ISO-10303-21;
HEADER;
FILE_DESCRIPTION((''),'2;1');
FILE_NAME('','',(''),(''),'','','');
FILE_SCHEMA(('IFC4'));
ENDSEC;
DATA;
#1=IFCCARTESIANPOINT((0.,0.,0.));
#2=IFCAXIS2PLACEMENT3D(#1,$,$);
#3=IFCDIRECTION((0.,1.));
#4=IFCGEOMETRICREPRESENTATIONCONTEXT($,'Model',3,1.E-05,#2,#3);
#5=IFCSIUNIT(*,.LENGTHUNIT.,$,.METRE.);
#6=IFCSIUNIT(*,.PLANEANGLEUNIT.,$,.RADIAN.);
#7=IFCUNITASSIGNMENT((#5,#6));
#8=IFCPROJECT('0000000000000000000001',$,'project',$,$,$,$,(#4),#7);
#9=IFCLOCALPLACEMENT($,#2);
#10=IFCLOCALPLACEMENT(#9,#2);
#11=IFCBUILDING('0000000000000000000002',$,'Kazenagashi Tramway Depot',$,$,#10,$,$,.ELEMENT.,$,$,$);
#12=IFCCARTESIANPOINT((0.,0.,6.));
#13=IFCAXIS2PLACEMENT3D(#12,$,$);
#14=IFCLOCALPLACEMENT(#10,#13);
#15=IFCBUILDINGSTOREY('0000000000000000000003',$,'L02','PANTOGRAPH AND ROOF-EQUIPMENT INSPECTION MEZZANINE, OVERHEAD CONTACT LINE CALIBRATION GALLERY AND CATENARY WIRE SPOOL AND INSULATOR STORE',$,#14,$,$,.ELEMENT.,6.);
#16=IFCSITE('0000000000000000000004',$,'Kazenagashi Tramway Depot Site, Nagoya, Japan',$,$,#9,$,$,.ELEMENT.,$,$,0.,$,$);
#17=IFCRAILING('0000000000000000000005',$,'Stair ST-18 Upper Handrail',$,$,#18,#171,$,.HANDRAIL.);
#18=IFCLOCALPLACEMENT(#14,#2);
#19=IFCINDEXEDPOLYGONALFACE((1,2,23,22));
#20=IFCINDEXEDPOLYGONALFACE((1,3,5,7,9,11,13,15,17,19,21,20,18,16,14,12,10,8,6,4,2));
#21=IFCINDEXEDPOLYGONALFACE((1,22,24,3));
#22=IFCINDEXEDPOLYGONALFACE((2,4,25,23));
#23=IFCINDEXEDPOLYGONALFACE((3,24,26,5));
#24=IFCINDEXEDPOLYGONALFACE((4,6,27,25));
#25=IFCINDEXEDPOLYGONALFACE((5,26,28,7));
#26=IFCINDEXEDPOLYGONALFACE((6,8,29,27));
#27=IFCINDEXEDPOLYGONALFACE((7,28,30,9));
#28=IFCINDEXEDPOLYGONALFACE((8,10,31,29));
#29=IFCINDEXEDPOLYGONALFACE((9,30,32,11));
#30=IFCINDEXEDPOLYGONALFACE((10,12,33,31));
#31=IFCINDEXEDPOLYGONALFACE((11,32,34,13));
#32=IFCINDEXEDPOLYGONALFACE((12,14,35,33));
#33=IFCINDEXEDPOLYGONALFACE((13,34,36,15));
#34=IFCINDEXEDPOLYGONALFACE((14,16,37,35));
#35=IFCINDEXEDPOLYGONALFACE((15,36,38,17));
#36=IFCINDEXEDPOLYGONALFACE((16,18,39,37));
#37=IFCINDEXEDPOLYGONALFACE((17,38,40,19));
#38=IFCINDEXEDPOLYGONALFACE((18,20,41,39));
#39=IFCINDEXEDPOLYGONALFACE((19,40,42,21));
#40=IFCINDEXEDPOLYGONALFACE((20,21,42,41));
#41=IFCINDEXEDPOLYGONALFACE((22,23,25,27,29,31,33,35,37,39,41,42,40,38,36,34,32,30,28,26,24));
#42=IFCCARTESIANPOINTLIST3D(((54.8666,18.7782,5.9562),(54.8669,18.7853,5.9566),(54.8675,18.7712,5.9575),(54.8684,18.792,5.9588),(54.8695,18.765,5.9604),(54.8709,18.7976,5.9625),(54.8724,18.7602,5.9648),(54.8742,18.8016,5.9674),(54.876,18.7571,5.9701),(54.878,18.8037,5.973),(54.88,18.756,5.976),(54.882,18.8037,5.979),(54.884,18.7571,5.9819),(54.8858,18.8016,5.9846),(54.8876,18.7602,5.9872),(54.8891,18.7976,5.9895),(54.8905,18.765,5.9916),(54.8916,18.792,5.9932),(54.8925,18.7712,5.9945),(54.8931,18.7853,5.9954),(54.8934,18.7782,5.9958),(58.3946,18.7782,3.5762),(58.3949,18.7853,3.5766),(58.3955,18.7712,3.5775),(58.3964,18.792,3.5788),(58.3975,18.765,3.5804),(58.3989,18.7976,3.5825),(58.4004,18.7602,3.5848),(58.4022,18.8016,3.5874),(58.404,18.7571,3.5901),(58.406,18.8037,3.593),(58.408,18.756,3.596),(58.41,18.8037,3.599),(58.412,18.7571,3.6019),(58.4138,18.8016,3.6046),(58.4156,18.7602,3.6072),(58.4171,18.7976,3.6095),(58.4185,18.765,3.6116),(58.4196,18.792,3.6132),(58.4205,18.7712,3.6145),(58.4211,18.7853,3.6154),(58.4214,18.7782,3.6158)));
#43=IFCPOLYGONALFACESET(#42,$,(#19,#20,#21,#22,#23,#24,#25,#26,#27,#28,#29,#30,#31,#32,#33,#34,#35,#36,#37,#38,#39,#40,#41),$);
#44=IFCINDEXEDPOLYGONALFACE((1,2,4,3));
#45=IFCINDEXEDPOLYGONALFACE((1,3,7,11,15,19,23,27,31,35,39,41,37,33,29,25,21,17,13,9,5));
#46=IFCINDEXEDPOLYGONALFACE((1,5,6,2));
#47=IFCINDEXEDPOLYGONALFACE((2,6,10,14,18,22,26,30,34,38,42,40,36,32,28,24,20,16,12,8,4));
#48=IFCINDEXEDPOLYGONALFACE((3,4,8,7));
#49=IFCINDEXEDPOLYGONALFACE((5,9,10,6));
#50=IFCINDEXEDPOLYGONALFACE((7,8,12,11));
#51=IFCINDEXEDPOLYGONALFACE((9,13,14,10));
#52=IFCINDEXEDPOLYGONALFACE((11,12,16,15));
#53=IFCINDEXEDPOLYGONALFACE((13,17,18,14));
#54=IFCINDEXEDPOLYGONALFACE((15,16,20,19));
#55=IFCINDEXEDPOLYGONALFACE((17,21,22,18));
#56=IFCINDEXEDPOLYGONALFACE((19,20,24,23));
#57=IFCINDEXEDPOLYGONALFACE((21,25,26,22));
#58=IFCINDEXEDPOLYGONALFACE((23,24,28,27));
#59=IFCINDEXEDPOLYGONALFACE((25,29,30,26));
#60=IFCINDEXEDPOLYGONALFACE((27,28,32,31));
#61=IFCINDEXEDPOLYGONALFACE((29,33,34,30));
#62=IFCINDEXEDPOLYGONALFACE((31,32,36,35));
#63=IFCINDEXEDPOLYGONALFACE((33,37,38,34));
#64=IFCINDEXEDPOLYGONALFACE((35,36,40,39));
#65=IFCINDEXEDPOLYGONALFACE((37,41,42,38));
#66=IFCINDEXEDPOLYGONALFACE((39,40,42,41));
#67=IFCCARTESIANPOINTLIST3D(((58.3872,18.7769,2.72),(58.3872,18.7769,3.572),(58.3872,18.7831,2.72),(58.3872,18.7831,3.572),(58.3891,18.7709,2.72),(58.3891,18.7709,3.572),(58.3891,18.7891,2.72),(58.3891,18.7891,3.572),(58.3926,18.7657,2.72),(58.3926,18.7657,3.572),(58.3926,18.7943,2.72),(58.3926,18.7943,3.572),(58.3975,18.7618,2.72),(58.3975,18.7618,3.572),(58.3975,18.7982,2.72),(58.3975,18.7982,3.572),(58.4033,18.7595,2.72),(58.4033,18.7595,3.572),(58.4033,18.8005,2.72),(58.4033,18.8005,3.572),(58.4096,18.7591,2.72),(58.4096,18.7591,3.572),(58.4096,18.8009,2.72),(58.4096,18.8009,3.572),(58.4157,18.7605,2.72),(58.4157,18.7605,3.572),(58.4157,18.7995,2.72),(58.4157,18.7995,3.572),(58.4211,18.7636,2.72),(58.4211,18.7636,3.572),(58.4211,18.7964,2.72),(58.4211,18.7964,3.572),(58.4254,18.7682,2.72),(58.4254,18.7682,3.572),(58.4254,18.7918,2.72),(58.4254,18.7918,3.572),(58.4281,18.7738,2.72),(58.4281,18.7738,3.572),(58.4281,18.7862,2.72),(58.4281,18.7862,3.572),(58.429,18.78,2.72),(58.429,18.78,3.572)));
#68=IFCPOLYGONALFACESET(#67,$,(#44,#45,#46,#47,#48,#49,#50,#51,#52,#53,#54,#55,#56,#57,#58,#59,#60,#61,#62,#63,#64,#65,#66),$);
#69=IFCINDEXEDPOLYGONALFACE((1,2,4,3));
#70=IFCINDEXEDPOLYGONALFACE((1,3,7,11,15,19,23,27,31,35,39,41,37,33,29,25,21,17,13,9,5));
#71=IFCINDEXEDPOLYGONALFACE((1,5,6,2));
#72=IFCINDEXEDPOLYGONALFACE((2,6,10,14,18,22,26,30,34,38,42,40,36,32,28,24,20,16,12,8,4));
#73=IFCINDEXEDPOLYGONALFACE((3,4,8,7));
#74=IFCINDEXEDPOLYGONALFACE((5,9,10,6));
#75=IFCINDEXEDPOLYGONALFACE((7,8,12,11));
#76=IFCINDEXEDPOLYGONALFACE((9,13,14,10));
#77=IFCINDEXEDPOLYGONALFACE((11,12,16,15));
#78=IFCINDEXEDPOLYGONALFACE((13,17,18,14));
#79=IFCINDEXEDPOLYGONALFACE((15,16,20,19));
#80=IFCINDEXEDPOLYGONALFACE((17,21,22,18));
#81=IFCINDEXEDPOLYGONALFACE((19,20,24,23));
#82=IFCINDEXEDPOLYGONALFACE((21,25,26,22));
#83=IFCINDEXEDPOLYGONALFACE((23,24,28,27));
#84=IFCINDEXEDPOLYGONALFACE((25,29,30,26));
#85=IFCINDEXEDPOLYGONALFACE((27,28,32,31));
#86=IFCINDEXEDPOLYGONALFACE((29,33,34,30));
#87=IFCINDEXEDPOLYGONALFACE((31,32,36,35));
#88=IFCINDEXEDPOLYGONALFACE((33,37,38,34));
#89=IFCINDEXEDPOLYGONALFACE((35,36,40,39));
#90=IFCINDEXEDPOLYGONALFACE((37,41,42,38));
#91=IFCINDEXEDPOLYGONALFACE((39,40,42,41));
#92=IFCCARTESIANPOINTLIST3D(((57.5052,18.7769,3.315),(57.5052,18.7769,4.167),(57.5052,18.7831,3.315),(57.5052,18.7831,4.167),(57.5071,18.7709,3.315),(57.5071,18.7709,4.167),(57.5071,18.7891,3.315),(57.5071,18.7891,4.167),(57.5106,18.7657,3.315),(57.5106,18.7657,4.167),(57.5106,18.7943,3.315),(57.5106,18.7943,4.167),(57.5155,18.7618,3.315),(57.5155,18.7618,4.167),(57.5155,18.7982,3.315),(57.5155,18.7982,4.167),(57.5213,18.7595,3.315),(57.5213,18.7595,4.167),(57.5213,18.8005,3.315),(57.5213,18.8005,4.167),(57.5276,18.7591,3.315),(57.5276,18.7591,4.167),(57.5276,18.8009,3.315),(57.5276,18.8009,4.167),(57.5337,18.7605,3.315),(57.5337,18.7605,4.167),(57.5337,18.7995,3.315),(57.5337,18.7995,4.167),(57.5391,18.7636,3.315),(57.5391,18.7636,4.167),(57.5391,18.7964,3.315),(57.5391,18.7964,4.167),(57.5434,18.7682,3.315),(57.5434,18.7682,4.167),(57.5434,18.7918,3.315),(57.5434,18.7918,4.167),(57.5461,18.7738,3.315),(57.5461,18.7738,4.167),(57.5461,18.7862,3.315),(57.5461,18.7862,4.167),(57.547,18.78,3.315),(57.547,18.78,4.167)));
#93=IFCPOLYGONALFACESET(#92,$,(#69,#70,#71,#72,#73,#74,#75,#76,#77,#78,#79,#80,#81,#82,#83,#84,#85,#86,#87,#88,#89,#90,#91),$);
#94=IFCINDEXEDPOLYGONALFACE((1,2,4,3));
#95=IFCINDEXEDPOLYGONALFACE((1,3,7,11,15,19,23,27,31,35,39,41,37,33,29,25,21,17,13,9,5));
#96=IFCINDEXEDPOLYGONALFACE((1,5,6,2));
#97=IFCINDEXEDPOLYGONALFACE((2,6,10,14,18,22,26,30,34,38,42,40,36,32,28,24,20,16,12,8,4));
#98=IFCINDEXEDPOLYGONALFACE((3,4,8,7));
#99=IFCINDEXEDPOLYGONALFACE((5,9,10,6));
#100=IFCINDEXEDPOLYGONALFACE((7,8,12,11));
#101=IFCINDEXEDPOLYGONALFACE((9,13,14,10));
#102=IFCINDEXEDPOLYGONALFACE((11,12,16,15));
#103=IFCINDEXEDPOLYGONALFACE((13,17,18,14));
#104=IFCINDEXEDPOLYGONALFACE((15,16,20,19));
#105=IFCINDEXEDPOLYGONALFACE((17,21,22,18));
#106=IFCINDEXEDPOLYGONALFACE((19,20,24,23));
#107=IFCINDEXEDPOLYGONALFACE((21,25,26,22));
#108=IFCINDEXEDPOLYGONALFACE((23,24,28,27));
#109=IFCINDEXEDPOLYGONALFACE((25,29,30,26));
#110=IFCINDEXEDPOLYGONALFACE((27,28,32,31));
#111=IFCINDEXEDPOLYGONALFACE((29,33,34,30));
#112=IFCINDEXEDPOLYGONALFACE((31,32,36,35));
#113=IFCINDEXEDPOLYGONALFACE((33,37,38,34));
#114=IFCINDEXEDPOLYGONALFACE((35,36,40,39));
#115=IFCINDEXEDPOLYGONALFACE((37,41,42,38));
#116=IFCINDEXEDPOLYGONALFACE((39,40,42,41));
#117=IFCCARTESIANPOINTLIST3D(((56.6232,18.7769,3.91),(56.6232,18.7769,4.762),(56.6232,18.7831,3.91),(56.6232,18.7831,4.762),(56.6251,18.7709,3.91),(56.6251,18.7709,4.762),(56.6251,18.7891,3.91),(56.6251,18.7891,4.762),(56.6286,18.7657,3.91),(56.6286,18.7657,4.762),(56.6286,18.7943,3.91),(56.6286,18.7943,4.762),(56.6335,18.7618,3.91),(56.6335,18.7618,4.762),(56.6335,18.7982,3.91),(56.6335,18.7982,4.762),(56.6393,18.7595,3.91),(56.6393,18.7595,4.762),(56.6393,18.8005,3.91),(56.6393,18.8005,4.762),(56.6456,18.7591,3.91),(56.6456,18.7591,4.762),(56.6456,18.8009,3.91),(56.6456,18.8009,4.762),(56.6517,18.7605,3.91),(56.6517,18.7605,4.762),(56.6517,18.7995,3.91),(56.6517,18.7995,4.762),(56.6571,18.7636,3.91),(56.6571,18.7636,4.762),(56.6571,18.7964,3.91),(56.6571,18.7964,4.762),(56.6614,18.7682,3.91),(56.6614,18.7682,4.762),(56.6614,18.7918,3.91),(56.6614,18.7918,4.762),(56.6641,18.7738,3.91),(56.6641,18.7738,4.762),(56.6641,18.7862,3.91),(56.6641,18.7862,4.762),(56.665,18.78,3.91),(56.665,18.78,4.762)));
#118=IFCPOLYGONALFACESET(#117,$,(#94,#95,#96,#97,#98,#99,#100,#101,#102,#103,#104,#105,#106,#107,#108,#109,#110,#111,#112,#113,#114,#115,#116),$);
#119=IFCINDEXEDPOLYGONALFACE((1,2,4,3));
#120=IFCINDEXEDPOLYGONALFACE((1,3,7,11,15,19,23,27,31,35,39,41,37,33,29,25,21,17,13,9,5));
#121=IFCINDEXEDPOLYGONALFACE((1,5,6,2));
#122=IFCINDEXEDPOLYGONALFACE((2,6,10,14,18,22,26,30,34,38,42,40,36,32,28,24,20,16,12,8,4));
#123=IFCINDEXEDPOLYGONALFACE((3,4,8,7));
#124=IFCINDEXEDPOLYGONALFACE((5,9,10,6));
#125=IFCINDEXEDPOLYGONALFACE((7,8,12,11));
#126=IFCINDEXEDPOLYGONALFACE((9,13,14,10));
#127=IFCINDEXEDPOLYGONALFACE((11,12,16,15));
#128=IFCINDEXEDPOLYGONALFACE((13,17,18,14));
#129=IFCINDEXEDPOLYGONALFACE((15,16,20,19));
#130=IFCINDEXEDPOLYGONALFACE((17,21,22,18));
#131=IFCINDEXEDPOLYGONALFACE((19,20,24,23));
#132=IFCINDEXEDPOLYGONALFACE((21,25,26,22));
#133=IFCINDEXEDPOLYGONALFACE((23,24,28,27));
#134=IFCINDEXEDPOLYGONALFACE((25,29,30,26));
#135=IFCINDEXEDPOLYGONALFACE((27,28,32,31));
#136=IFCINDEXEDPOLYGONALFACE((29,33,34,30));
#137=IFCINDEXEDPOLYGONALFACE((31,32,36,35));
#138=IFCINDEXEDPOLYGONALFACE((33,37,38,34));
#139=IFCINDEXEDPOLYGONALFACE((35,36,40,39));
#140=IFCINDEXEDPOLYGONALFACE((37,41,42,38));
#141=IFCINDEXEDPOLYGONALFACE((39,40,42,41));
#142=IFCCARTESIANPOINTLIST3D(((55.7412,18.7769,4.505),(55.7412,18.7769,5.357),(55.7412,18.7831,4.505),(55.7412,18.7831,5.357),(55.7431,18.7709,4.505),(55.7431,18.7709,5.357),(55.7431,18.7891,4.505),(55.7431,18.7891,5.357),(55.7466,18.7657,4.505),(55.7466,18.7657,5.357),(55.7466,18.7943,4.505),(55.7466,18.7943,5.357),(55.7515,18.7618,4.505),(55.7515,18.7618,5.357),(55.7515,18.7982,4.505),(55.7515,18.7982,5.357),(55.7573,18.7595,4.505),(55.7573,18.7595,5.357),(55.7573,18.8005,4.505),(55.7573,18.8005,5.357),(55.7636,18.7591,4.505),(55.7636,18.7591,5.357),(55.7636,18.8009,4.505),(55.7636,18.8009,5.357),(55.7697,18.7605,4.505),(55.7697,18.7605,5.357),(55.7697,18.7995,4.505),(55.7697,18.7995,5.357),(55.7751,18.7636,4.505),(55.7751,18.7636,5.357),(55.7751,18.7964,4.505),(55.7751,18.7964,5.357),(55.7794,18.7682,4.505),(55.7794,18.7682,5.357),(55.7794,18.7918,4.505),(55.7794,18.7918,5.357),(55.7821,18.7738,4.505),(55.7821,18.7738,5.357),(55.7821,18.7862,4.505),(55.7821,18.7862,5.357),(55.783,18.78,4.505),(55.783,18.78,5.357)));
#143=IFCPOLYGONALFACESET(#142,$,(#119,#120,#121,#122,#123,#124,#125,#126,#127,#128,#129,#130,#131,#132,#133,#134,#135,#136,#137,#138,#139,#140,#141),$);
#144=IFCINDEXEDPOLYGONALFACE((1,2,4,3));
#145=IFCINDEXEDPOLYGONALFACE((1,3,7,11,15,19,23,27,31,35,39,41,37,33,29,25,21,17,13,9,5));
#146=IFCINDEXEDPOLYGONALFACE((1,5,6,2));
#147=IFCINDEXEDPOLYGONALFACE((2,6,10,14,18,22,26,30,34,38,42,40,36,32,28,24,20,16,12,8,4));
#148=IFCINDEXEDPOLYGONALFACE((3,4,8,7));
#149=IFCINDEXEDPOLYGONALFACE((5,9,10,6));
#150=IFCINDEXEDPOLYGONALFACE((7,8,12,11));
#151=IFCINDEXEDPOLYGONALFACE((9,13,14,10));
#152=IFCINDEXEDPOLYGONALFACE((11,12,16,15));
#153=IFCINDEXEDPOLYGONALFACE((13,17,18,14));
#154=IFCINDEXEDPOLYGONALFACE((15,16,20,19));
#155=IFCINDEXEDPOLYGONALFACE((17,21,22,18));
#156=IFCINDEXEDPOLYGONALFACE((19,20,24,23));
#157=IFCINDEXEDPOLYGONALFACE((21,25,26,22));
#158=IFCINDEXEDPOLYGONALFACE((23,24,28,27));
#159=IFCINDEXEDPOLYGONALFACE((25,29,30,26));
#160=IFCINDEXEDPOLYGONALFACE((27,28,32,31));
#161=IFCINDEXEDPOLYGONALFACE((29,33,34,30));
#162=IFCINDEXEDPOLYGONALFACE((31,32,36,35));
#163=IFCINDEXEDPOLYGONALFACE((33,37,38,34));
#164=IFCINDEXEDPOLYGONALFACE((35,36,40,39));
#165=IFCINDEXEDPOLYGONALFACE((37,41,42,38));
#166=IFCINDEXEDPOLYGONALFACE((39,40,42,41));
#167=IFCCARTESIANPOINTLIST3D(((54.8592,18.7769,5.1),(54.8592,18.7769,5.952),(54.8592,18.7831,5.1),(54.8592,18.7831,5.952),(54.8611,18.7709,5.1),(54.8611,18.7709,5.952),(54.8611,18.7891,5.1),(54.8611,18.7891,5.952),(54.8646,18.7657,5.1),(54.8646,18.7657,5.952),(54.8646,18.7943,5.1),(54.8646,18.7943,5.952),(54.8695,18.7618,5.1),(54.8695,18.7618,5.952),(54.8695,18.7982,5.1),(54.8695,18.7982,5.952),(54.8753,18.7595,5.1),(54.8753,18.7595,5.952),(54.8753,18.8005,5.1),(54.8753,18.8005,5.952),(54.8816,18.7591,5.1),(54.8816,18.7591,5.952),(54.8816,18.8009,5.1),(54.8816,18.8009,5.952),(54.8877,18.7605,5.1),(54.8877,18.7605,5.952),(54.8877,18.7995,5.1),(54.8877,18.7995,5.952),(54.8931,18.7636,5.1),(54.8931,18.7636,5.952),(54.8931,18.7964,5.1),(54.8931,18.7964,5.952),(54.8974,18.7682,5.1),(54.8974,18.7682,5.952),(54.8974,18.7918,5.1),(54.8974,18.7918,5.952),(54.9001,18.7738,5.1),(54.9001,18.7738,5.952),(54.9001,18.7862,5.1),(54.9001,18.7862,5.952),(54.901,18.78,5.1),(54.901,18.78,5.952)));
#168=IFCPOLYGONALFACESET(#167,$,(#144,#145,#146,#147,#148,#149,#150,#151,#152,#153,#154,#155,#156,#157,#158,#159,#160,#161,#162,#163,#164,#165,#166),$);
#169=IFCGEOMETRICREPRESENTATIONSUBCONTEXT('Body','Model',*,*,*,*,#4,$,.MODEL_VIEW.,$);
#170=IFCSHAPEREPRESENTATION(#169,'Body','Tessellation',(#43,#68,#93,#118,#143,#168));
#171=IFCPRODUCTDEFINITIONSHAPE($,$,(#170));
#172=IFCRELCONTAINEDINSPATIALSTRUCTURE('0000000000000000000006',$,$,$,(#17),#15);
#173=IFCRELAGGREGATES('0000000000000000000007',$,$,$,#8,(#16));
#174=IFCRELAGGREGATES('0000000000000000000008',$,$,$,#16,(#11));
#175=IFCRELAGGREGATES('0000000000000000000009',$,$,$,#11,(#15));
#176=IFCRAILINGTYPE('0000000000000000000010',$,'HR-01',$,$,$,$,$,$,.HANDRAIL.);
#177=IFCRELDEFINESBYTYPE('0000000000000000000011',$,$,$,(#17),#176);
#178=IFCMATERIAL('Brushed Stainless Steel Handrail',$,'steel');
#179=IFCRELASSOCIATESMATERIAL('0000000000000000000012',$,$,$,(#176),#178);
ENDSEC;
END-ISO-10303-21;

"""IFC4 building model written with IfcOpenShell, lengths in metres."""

from ifc_helpers import new_model, si_unit, direction, frame, origin, origin_2d, place, context, subcontext, project, spatial, circle, extrude, material, type_object, element, save


model = new_model("IFC4")

# Units and contexts
model_context = context("Model", 3, precision=1e-05, world=origin(), true_north=direction((0.0, 1.0)))
body_context = subcontext(model_context, "Body", "Model", "MODEL_VIEW")
ifc_project = project(units=[si_unit("LENGTHUNIT", "METRE"), si_unit("PLANEANGLEUNIT", "RADIAN")], contexts=[model_context])

# Site, building, storey
site_placement = place(None, origin())
site = spatial("IfcSite", under=ifc_project, at=site_placement, Name="Kazenagashi Tramway Depot Site, Nagoya, Japan", CompositionType="ELEMENT", RefElevation=0.0)
building_placement = place(site_placement, origin())
building = spatial("IfcBuilding", under=site, at=building_placement, Name="Kazenagashi Tramway Depot", CompositionType="ELEMENT")
storey_placement = place(building_placement, frame((0.0, 0.0, 6.0)))
storey = spatial("IfcBuildingStorey", under=building, at=storey_placement, Name="L02", Description="PANTOGRAPH AND ROOF-EQUIPMENT INSPECTION MEZZANINE, OVERHEAD CONTACT LINE CALIBRATION GALLERY AND CATENARY WIRE SPOOL AND INSULATOR STORE", CompositionType="ELEMENT", Elevation=6.0)

# Railing
ifc_material_1 = material(Name="Brushed Stainless Steel Handrail", Category="steel")
railing_type = type_object("IfcRailingType", Name="HR-01", PredefinedType="HANDRAIL", material=ifc_material_1)
railing_placement = place(storey_placement, frame((58.408, 18.78, 2.72)))
element("IfcRailing", 1, at=railing_placement, inside=storey, type_object=railing_type, Name="Stair ST-18 Upper Handrail", PredefinedType="HANDRAIL", context=body_context, shape_type="SweptSolid", body=[
    extrude(circle(Radius=0.024, at=origin_2d()), frame((0.0, 0.0, 0.876), z_axis=(-0.829001, 0.0, 0.559247), x_axis=(0.0, -1.0, 0.0)), (0.0, 0.0, 1.0), 4.2557),
    extrude(circle(Radius=0.021, at=origin_2d()), origin(), (0.0, 0.0, 1.0), 0.852),
    extrude(circle(Radius=0.021, at=origin_2d()), frame((-0.882, 0.0, 0.595)), (0.0, 0.0, 1.0), 0.852),
    extrude(circle(Radius=0.021, at=origin_2d()), frame((-1.764, 0.0, 1.19)), (0.0, 0.0, 1.0), 0.852),
    extrude(circle(Radius=0.021, at=origin_2d()), frame((-2.646, 0.0, 1.785)), (0.0, 0.0, 1.0), 0.852),
    extrude(circle(Radius=0.021, at=origin_2d()), frame((-3.528, 0.0, 2.38)), (0.0, 0.0, 1.0), 0.852),
])

save(model, "model.ifc")
